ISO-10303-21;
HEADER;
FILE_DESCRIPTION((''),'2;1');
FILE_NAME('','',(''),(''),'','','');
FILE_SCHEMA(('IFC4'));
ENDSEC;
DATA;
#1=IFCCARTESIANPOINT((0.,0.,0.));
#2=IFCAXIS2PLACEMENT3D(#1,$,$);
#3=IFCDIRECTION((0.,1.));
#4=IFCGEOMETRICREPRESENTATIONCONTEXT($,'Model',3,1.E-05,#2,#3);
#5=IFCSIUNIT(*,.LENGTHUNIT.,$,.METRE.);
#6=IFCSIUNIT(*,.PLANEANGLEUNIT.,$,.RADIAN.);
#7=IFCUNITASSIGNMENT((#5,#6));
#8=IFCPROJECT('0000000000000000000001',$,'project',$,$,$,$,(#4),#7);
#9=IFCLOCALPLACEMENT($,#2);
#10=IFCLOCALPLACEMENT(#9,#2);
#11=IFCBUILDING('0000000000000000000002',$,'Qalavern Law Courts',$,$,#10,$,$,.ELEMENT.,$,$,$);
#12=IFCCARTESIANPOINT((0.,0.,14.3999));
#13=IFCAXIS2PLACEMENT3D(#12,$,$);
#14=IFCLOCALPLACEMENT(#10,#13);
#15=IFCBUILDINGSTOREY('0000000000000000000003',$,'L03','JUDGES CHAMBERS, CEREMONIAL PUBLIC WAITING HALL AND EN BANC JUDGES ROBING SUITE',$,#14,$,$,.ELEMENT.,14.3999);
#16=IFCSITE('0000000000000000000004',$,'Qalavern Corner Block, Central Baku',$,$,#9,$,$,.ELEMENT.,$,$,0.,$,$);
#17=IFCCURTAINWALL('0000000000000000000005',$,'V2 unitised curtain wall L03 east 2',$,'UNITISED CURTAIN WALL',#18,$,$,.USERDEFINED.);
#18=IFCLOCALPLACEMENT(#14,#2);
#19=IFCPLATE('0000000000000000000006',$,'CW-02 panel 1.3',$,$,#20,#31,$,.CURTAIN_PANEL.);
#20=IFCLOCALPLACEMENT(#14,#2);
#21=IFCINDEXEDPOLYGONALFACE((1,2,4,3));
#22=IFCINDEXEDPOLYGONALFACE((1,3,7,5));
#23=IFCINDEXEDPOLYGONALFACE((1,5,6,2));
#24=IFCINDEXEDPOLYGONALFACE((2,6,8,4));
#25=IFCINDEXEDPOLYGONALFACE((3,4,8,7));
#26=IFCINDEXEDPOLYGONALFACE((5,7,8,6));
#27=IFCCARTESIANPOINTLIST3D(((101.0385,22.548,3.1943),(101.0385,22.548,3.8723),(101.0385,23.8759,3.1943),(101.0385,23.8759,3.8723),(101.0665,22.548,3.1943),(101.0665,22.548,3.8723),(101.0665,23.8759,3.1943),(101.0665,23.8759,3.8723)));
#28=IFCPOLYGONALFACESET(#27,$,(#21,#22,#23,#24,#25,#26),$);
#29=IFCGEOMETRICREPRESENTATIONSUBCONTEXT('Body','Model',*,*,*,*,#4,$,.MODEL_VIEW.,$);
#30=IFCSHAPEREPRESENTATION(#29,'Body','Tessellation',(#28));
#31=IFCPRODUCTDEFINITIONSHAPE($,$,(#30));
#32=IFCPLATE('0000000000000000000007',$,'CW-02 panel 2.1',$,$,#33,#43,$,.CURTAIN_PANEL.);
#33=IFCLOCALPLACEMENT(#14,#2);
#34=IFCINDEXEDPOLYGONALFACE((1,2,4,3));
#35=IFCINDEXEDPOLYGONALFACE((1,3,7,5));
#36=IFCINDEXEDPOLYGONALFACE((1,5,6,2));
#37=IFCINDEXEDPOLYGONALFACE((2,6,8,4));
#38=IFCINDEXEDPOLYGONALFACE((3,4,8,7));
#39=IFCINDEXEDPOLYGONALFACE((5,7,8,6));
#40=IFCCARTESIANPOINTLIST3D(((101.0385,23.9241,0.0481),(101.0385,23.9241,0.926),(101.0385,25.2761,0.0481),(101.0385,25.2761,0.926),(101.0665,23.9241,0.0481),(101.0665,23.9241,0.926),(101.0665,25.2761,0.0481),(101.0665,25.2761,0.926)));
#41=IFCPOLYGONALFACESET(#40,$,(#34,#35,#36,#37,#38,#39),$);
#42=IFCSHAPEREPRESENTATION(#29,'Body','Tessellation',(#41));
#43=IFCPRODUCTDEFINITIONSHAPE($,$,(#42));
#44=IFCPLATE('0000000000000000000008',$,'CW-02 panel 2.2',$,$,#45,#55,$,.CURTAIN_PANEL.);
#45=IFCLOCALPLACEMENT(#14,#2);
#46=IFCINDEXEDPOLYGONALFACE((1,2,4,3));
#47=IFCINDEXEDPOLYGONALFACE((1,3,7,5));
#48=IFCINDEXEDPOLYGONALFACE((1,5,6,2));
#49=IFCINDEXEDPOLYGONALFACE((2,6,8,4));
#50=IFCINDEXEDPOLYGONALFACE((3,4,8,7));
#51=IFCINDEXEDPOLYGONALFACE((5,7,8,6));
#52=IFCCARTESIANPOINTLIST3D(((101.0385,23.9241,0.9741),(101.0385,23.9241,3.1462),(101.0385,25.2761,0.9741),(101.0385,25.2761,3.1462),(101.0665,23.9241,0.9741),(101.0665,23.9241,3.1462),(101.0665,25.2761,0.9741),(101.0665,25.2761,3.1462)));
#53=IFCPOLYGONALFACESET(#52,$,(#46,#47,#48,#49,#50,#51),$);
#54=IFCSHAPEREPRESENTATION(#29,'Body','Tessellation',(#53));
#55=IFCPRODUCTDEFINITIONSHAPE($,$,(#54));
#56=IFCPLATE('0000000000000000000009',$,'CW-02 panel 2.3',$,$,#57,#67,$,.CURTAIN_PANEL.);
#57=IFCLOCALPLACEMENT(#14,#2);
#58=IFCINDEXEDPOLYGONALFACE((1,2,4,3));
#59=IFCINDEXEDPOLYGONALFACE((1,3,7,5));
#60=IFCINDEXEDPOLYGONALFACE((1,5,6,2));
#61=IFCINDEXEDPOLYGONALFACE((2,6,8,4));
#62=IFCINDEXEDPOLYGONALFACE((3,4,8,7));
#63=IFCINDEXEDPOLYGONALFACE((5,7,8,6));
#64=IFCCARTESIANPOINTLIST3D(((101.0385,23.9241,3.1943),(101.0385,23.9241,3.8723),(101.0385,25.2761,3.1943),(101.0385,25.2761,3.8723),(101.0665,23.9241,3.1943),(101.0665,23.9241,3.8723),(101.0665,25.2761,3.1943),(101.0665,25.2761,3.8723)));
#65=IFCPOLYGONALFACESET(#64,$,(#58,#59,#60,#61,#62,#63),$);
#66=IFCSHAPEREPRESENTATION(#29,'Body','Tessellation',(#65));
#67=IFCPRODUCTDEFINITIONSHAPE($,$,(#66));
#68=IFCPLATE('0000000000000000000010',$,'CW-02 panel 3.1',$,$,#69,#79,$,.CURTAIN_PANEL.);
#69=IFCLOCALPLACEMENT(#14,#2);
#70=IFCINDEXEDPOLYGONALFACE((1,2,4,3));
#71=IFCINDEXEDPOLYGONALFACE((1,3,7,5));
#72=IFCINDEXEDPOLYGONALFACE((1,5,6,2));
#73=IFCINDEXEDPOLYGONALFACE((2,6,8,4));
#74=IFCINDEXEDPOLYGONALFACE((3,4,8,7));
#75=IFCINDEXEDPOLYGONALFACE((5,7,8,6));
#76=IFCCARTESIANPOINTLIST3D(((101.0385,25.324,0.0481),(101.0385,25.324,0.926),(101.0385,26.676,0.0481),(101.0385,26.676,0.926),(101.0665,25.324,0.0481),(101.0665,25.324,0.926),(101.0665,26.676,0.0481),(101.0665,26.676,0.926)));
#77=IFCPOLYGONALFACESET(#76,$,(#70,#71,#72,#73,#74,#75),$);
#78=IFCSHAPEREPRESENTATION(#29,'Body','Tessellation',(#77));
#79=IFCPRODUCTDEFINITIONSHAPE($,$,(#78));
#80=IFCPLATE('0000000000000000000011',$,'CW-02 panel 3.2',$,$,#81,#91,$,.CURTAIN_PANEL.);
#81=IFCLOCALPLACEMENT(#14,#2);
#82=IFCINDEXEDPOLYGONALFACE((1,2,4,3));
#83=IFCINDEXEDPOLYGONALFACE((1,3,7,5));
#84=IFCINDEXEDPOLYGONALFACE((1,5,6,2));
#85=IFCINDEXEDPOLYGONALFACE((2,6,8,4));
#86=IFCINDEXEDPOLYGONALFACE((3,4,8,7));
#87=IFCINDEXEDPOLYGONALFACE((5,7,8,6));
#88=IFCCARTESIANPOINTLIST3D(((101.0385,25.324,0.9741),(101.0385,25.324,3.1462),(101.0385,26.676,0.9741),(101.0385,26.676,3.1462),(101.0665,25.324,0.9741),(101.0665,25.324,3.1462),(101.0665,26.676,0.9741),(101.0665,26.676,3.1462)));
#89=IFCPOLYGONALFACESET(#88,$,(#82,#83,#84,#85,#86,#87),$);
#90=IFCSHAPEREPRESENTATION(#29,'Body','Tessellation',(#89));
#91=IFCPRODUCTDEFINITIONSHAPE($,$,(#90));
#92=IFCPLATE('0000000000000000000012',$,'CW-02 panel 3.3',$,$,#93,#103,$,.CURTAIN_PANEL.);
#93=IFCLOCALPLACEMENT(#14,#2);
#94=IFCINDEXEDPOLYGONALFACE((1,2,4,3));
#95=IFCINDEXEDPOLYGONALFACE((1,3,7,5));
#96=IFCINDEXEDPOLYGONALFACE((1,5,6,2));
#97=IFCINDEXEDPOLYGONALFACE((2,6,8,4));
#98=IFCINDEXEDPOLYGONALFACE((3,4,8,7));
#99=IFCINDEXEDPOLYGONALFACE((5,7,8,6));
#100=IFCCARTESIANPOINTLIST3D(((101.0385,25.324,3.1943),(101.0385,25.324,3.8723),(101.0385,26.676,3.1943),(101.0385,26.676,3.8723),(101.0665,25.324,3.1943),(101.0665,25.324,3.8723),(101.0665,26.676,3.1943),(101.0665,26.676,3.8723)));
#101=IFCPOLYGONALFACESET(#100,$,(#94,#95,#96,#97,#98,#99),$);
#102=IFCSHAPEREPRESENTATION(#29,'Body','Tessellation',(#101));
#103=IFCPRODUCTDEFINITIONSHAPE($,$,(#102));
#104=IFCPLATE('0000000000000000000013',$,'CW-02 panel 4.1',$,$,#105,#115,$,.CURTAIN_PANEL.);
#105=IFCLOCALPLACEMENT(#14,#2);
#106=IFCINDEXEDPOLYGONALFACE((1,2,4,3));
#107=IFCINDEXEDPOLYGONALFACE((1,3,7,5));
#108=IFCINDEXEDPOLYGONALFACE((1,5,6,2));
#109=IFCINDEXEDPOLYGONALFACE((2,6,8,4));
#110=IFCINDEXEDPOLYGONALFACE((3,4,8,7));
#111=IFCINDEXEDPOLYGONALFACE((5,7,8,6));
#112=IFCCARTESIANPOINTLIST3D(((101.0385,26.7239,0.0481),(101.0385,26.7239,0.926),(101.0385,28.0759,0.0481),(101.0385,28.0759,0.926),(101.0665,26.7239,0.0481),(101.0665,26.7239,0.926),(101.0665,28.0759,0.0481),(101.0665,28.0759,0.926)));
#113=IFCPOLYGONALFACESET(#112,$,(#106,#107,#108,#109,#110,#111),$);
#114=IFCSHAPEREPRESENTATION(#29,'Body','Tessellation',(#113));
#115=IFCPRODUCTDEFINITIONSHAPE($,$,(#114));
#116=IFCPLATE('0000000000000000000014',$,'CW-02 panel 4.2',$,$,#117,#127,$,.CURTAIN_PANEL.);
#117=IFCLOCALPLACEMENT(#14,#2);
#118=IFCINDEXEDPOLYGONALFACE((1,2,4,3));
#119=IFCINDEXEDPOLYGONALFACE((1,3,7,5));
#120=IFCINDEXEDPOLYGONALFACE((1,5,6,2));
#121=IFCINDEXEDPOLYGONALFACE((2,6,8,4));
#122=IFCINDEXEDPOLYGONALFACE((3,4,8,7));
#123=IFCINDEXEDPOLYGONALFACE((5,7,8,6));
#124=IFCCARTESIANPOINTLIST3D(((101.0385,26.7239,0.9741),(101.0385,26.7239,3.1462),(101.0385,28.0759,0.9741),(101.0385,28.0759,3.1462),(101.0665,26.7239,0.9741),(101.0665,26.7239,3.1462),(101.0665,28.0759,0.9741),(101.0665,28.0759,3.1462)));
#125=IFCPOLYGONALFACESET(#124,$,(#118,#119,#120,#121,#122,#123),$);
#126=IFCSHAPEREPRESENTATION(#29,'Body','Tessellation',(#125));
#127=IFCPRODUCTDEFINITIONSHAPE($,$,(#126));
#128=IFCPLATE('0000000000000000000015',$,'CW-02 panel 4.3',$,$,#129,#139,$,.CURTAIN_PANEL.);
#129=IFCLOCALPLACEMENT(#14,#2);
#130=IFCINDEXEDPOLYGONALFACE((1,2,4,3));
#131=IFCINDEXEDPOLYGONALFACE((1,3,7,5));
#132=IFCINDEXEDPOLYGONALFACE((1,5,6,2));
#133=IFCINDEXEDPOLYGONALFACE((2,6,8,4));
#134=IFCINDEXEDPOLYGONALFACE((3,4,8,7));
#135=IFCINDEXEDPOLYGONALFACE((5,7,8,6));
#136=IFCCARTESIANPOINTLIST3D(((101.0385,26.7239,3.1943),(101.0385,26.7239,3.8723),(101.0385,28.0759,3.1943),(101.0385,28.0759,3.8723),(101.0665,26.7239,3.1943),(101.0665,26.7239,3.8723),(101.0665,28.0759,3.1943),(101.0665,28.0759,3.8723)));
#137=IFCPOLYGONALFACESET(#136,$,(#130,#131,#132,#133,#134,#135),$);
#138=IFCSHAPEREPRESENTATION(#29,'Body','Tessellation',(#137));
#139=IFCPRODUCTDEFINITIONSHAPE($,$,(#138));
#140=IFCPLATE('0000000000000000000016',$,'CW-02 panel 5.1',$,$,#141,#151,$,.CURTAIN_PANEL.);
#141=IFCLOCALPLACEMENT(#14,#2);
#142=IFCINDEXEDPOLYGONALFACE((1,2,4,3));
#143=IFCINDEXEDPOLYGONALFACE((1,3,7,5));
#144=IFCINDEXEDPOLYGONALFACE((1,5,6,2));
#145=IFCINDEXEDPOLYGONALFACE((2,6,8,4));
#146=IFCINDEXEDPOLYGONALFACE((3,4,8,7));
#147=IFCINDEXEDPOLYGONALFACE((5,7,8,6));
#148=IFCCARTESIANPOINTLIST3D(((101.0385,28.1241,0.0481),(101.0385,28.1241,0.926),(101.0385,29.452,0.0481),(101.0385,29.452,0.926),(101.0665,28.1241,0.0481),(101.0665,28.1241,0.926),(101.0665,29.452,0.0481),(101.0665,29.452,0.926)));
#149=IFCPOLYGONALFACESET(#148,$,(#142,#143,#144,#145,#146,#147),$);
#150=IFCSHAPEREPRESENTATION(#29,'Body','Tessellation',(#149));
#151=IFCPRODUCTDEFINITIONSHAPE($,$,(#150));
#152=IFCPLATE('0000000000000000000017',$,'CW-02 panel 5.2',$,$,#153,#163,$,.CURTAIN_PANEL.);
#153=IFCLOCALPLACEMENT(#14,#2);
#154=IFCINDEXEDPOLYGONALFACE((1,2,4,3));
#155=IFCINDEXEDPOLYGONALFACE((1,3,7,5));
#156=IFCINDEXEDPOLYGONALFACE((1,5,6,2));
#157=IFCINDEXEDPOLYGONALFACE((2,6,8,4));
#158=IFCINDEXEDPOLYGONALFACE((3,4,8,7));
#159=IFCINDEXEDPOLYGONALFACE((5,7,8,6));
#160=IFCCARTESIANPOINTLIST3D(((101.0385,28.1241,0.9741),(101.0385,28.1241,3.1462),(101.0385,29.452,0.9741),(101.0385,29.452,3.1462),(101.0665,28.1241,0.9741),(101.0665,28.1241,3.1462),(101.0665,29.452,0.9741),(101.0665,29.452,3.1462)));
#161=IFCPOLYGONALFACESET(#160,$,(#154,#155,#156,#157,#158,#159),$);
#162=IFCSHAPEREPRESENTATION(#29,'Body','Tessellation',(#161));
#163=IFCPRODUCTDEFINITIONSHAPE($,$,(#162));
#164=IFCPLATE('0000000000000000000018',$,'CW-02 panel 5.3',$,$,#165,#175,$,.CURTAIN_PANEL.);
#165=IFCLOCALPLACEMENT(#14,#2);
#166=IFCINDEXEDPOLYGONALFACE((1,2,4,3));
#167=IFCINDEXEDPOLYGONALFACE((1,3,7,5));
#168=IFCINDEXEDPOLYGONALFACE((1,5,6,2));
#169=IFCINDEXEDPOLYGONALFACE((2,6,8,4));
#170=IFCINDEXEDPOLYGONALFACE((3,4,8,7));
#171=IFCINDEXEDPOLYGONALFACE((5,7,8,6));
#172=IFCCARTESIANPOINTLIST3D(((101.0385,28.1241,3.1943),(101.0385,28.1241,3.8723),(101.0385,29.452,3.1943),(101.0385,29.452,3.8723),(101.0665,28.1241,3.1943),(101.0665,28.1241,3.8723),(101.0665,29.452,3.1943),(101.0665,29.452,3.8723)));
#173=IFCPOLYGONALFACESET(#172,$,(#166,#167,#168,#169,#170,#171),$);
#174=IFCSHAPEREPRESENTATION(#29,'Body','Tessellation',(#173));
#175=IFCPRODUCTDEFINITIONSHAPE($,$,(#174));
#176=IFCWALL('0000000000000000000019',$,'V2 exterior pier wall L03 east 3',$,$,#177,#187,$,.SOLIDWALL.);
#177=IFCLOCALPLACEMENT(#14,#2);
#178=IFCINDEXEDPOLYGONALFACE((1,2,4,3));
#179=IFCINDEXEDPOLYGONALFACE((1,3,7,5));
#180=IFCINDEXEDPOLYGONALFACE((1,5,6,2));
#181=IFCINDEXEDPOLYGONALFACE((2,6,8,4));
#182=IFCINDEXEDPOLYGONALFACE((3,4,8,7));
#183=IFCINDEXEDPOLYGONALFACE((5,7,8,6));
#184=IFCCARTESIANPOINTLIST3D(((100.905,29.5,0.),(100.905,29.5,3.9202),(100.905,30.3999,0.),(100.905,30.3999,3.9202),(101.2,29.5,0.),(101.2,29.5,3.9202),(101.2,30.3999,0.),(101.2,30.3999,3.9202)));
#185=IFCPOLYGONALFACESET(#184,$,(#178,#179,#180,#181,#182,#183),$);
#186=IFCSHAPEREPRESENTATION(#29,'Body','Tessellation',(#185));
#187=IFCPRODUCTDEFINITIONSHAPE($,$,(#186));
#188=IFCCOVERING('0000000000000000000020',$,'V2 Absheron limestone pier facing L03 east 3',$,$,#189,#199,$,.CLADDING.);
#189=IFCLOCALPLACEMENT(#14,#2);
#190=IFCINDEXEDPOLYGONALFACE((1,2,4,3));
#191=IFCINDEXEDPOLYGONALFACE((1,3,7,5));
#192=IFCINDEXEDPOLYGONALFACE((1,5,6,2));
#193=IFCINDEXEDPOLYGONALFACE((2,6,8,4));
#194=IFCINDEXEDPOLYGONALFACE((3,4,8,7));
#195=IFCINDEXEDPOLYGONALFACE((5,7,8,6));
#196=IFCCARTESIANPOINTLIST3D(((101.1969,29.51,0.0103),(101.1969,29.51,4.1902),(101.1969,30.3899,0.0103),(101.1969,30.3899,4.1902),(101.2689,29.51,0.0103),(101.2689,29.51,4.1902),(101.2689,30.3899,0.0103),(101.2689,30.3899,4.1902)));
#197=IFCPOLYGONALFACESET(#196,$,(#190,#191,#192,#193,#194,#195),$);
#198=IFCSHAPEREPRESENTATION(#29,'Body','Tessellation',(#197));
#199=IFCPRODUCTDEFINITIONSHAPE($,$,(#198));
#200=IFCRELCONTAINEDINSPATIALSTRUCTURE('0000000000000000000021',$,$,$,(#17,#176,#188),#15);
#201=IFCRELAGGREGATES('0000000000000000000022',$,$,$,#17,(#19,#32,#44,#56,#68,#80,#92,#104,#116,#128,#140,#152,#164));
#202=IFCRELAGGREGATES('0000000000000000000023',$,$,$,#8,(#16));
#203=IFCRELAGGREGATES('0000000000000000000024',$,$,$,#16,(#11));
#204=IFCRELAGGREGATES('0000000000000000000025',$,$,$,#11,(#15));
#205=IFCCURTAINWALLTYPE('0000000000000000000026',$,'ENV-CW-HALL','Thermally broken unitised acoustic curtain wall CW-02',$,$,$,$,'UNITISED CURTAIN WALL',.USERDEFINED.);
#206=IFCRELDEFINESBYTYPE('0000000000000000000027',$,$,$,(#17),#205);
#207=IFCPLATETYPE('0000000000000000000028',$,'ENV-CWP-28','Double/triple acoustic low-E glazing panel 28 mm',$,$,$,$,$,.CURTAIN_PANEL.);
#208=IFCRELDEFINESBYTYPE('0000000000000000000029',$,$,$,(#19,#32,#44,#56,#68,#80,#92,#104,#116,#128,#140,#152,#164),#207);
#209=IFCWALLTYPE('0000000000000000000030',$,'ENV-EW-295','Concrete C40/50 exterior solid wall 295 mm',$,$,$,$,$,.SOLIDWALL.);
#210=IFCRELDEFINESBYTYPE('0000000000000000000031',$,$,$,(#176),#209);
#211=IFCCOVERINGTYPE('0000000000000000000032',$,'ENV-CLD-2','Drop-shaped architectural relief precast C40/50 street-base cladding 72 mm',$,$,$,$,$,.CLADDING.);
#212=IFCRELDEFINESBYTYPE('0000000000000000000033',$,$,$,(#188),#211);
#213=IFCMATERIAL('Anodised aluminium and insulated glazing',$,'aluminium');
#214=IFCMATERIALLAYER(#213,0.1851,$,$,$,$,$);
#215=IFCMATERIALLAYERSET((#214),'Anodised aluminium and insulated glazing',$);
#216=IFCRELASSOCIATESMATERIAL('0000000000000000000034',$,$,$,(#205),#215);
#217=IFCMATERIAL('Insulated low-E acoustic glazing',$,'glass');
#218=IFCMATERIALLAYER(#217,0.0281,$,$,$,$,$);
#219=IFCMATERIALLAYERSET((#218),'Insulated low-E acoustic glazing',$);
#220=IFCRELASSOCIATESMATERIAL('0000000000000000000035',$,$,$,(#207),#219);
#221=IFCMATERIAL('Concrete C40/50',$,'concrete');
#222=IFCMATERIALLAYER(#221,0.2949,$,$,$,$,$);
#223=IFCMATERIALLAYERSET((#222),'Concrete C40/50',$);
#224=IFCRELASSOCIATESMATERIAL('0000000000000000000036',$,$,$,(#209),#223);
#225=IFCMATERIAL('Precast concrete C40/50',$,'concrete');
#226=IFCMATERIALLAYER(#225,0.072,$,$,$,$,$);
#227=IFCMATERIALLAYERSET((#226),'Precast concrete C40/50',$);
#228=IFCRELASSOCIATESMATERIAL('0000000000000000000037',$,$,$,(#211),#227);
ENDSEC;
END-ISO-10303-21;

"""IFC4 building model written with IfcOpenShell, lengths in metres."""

from ifc_helpers import new_model, si_unit, direction, frame, frame_2d, origin, origin_2d, place, context, subcontext, project, spatial, rectangle, extrude, material, layer, layer_set, type_object, element, aggregate, save


model = new_model("IFC4")

# Units and contexts
model_context = context("Model", 3, precision=1e-05, world=origin(), true_north=direction((0.0, 1.0)))
body_context = subcontext(model_context, "Body", "Model", "MODEL_VIEW")
ifc_project = project(units=[si_unit("LENGTHUNIT", "METRE"), si_unit("PLANEANGLEUNIT", "RADIAN")], contexts=[model_context])

# Site, building, storey
site_placement = place(None, origin())
site = spatial("IfcSite", under=ifc_project, at=site_placement, Name="Qalavern Corner Block, Central Baku", CompositionType="ELEMENT", RefElevation=0.0)
building_placement = place(site_placement, origin())
building = spatial("IfcBuilding", under=site, at=building_placement, Name="Qalavern Law Courts", CompositionType="ELEMENT")
storey_placement = place(building_placement, frame((0.0, 0.0, 14.3999)))
storey = spatial("IfcBuildingStorey", under=building, at=storey_placement, Name="L03", Description="JUDGES CHAMBERS, CEREMONIAL PUBLIC WAITING HALL AND EN BANC JUDGES ROBING SUITE", CompositionType="ELEMENT", Elevation=14.3999)

# Curtain wall, plates
ifc_material_1 = material(Name="Anodised aluminium and insulated glazing", Category="aluminium")
ifc_layer_1 = layer(ifc_material_1, 0.1851)
ifc_layer_set_1 = layer_set([ifc_layer_1], Name="Anodised aluminium and insulated glazing")
curtain_wall_type = type_object("IfcCurtainWallType", Name="ENV-CW-HALL", Description="Thermally broken unitised acoustic curtain wall CW-02", ElementType="UNITISED CURTAIN WALL", PredefinedType="USERDEFINED", material=ifc_layer_set_1)
curtain_wall_placement = place(storey_placement, origin())
curtain_wall = element("IfcCurtainWall", 1, at=curtain_wall_placement, inside=storey, type_object=curtain_wall_type, Name="V2 unitised curtain wall L03 east 2", ObjectType="UNITISED CURTAIN WALL", PredefinedType="USERDEFINED")
ifc_material_2 = material(Name="Insulated low-E acoustic glazing", Category="glass")
ifc_layer_2 = layer(ifc_material_2, 0.0281)
ifc_layer_set_2 = layer_set([ifc_layer_2], Name="Insulated low-E acoustic glazing")
plate_type = type_object("IfcPlateType", Name="ENV-CWP-28", Description="Double/triple acoustic low-E glazing panel 28 mm", PredefinedType="CURTAIN_PANEL", material=ifc_layer_set_2)
plate_1_placement = place(storey_placement, frame((101.0525, 23.2119, 3.1943), z_axis=(0.0, 0.0, 1.0), x_axis=(0.0, 1.0, 0.0)))
plate_1 = element("IfcPlate", 2, at=plate_1_placement, type_object=plate_type, Name="CW-02 panel 1.3", PredefinedType="CURTAIN_PANEL", context=body_context, shape_type="SweptSolid", body=[
    extrude(rectangle(XDim=1.3279, YDim=0.0281, at=origin_2d()), origin(), (0.0, 0.0, 1.0), 0.678),
])
plate_2_placement = place(storey_placement, frame((101.0525, 24.6001, 0.0481), z_axis=(0.0, 0.0, 1.0), x_axis=(0.0, 1.0, 0.0)))
plate_2 = element("IfcPlate", 3, at=plate_2_placement, type_object=plate_type, Name="CW-02 panel 2.1", PredefinedType="CURTAIN_PANEL", context=body_context, shape_type="SweptSolid", body=[
    extrude(rectangle(XDim=1.3521, YDim=0.0281, at=origin_2d()), origin(), (0.0, 0.0, 1.0), 0.8779),
])
plate_3_placement = place(storey_placement, frame((101.0525, 24.6001, 0.9741), z_axis=(0.0, 0.0, 1.0), x_axis=(0.0, 1.0, 0.0)))
plate_3 = element("IfcPlate", 4, at=plate_3_placement, type_object=plate_type, Name="CW-02 panel 2.2", PredefinedType="CURTAIN_PANEL", context=body_context, shape_type="SweptSolid", body=[
    extrude(rectangle(XDim=1.3521, YDim=0.0281, at=origin_2d()), origin(), (0.0, 0.0, 1.0), 2.1721),
])
plate_4_placement = place(storey_placement, frame((101.0525, 24.6001, 3.1943), z_axis=(0.0, 0.0, 1.0), x_axis=(0.0, 1.0, 0.0)))
plate_4 = element("IfcPlate", 5, at=plate_4_placement, type_object=plate_type, Name="CW-02 panel 2.3", PredefinedType="CURTAIN_PANEL", context=body_context, shape_type="SweptSolid", body=[
    extrude(rectangle(XDim=1.3521, YDim=0.0281, at=origin_2d()), origin(), (0.0, 0.0, 1.0), 0.678),
])
plate_5_placement = place(storey_placement, frame((101.0525, 26.0, 0.0481), z_axis=(0.0, 0.0, 1.0), x_axis=(0.0, 1.0, 0.0)))
plate_5 = element("IfcPlate", 6, at=plate_5_placement, type_object=plate_type, Name="CW-02 panel 3.1", PredefinedType="CURTAIN_PANEL", context=body_context, shape_type="SweptSolid", body=[
    extrude(rectangle(XDim=1.3521, YDim=0.0281, at=origin_2d()), origin(), (0.0, 0.0, 1.0), 0.8779),
])
plate_6_placement = place(storey_placement, frame((101.0525, 26.0, 0.9741), z_axis=(0.0, 0.0, 1.0), x_axis=(0.0, 1.0, 0.0)))
plate_6 = element("IfcPlate", 7, at=plate_6_placement, type_object=plate_type, Name="CW-02 panel 3.2", PredefinedType="CURTAIN_PANEL", context=body_context, shape_type="SweptSolid", body=[
    extrude(rectangle(XDim=1.3521, YDim=0.0281, at=origin_2d()), origin(), (0.0, 0.0, 1.0), 2.1721),
])
plate_7_placement = place(storey_placement, frame((101.0525, 26.0, 3.1943), z_axis=(0.0, 0.0, 1.0), x_axis=(0.0, 1.0, 0.0)))
plate_7 = element("IfcPlate", 8, at=plate_7_placement, type_object=plate_type, Name="CW-02 panel 3.3", PredefinedType="CURTAIN_PANEL", context=body_context, shape_type="SweptSolid", body=[
    extrude(rectangle(XDim=1.3521, YDim=0.0281, at=origin_2d()), origin(), (0.0, 0.0, 1.0), 0.678),
])
plate_8_placement = place(storey_placement, frame((101.0525, 27.3999, 0.0481), z_axis=(0.0, 0.0, 1.0), x_axis=(0.0, 1.0, 0.0)))
plate_8 = element("IfcPlate", 9, at=plate_8_placement, type_object=plate_type, Name="CW-02 panel 4.1", PredefinedType="CURTAIN_PANEL", context=body_context, shape_type="SweptSolid", body=[
    extrude(rectangle(XDim=1.3521, YDim=0.0281, at=origin_2d()), origin(), (0.0, 0.0, 1.0), 0.8779),
])
plate_9_placement = place(storey_placement, frame((101.0525, 27.3999, 0.9741), z_axis=(0.0, 0.0, 1.0), x_axis=(0.0, 1.0, 0.0)))
plate_9 = element("IfcPlate", 10, at=plate_9_placement, type_object=plate_type, Name="CW-02 panel 4.2", PredefinedType="CURTAIN_PANEL", context=body_context, shape_type="SweptSolid", body=[
    extrude(rectangle(XDim=1.3521, YDim=0.0281, at=origin_2d()), origin(), (0.0, 0.0, 1.0), 2.1721),
])
plate_10_placement = place(storey_placement, frame((101.0525, 27.3999, 3.1943), z_axis=(0.0, 0.0, 1.0), x_axis=(0.0, 1.0, 0.0)))
plate_10 = element("IfcPlate", 11, at=plate_10_placement, type_object=plate_type, Name="CW-02 panel 4.3", PredefinedType="CURTAIN_PANEL", context=body_context, shape_type="SweptSolid", body=[
    extrude(rectangle(XDim=1.3521, YDim=0.0281, at=origin_2d()), origin(), (0.0, 0.0, 1.0), 0.678),
])
plate_11_placement = place(storey_placement, frame((101.0525, 28.7881, 0.0481), z_axis=(0.0, 0.0, 1.0), x_axis=(0.0, 1.0, 0.0)))
plate_11 = element("IfcPlate", 12, at=plate_11_placement, type_object=plate_type, Name="CW-02 panel 5.1", PredefinedType="CURTAIN_PANEL", context=body_context, shape_type="SweptSolid", body=[
    extrude(rectangle(XDim=1.3279, YDim=0.0281, at=origin_2d()), origin(), (0.0, 0.0, 1.0), 0.8779),
])
plate_12_placement = place(storey_placement, frame((101.0525, 28.7881, 0.9741), z_axis=(0.0, 0.0, 1.0), x_axis=(0.0, 1.0, 0.0)))
plate_12 = element("IfcPlate", 13, at=plate_12_placement, type_object=plate_type, Name="CW-02 panel 5.2", PredefinedType="CURTAIN_PANEL", context=body_context, shape_type="SweptSolid", body=[
    extrude(rectangle(XDim=1.3279, YDim=0.0281, at=origin_2d()), origin(), (0.0, 0.0, 1.0), 2.1721),
])
plate_13_placement = place(storey_placement, frame((101.0525, 28.7881, 3.1943), z_axis=(0.0, 0.0, 1.0), x_axis=(0.0, 1.0, 0.0)))
plate_13 = element("IfcPlate", 14, at=plate_13_placement, type_object=plate_type, Name="CW-02 panel 5.3", PredefinedType="CURTAIN_PANEL", context=body_context, shape_type="SweptSolid", body=[
    extrude(rectangle(XDim=1.3279, YDim=0.0281, at=origin_2d()), origin(), (0.0, 0.0, 1.0), 0.678),
])
aggregate(curtain_wall, [plate_1, plate_2, plate_3, plate_4, plate_5, plate_6, plate_7, plate_8, plate_9, plate_10, plate_11, plate_12, plate_13])

# Wall
ifc_material_3 = material(Name="Concrete C40/50", Category="concrete")
ifc_layer_3 = layer(ifc_material_3, 0.2949)
ifc_layer_set_3 = layer_set([ifc_layer_3], Name="Concrete C40/50")
wall_type = type_object("IfcWallType", Name="ENV-EW-295", Description="Concrete C40/50 exterior solid wall 295 mm", PredefinedType="SOLIDWALL", material=ifc_layer_set_3)
wall_placement = place(storey_placement, frame((101.0525, 29.5, 0.0), z_axis=(0.0, 0.0, 1.0), x_axis=(0.0, 1.0, 0.0)))
element("IfcWall", 15, at=wall_placement, inside=storey, type_object=wall_type, Name="V2 exterior pier wall L03 east 3", PredefinedType="SOLIDWALL", context=body_context, shape_type="SweptSolid", body=[
    extrude(rectangle(XDim=0.8999, YDim=0.2949, at=frame_2d((0.45, 0.0))), origin(), (0.0, 0.0, 1.0), 3.9202),
])

# Covering
ifc_material_4 = material(Name="Precast concrete C40/50", Category="concrete")
ifc_layer_4 = layer(ifc_material_4, 0.072)
ifc_layer_set_4 = layer_set([ifc_layer_4], Name="Precast concrete C40/50")
covering_type = type_object("IfcCoveringType", Name="ENV-CLD-2", Description="Drop-shaped architectural relief precast C40/50 street-base cladding 72 mm", PredefinedType="CLADDING", material=ifc_layer_set_4)
covering_1_placement = place(storey_placement, frame((101.2329, 29.95, 0.0103), z_axis=(0.0, 0.0, 1.0), x_axis=(0.0, 1.0, 0.0)))
element("IfcCovering", 16, at=covering_1_placement, inside=storey, type_object=covering_type, Name="V2 Absheron limestone pier facing L03 east 3", PredefinedType="CLADDING", context=body_context, shape_type="SweptSolid", body=[
    extrude(rectangle(XDim=0.8799, YDim=0.072, at=origin_2d()), origin(), (0.0, 0.0, 1.0), 4.1799),
])

save(model, "model.ifc")
